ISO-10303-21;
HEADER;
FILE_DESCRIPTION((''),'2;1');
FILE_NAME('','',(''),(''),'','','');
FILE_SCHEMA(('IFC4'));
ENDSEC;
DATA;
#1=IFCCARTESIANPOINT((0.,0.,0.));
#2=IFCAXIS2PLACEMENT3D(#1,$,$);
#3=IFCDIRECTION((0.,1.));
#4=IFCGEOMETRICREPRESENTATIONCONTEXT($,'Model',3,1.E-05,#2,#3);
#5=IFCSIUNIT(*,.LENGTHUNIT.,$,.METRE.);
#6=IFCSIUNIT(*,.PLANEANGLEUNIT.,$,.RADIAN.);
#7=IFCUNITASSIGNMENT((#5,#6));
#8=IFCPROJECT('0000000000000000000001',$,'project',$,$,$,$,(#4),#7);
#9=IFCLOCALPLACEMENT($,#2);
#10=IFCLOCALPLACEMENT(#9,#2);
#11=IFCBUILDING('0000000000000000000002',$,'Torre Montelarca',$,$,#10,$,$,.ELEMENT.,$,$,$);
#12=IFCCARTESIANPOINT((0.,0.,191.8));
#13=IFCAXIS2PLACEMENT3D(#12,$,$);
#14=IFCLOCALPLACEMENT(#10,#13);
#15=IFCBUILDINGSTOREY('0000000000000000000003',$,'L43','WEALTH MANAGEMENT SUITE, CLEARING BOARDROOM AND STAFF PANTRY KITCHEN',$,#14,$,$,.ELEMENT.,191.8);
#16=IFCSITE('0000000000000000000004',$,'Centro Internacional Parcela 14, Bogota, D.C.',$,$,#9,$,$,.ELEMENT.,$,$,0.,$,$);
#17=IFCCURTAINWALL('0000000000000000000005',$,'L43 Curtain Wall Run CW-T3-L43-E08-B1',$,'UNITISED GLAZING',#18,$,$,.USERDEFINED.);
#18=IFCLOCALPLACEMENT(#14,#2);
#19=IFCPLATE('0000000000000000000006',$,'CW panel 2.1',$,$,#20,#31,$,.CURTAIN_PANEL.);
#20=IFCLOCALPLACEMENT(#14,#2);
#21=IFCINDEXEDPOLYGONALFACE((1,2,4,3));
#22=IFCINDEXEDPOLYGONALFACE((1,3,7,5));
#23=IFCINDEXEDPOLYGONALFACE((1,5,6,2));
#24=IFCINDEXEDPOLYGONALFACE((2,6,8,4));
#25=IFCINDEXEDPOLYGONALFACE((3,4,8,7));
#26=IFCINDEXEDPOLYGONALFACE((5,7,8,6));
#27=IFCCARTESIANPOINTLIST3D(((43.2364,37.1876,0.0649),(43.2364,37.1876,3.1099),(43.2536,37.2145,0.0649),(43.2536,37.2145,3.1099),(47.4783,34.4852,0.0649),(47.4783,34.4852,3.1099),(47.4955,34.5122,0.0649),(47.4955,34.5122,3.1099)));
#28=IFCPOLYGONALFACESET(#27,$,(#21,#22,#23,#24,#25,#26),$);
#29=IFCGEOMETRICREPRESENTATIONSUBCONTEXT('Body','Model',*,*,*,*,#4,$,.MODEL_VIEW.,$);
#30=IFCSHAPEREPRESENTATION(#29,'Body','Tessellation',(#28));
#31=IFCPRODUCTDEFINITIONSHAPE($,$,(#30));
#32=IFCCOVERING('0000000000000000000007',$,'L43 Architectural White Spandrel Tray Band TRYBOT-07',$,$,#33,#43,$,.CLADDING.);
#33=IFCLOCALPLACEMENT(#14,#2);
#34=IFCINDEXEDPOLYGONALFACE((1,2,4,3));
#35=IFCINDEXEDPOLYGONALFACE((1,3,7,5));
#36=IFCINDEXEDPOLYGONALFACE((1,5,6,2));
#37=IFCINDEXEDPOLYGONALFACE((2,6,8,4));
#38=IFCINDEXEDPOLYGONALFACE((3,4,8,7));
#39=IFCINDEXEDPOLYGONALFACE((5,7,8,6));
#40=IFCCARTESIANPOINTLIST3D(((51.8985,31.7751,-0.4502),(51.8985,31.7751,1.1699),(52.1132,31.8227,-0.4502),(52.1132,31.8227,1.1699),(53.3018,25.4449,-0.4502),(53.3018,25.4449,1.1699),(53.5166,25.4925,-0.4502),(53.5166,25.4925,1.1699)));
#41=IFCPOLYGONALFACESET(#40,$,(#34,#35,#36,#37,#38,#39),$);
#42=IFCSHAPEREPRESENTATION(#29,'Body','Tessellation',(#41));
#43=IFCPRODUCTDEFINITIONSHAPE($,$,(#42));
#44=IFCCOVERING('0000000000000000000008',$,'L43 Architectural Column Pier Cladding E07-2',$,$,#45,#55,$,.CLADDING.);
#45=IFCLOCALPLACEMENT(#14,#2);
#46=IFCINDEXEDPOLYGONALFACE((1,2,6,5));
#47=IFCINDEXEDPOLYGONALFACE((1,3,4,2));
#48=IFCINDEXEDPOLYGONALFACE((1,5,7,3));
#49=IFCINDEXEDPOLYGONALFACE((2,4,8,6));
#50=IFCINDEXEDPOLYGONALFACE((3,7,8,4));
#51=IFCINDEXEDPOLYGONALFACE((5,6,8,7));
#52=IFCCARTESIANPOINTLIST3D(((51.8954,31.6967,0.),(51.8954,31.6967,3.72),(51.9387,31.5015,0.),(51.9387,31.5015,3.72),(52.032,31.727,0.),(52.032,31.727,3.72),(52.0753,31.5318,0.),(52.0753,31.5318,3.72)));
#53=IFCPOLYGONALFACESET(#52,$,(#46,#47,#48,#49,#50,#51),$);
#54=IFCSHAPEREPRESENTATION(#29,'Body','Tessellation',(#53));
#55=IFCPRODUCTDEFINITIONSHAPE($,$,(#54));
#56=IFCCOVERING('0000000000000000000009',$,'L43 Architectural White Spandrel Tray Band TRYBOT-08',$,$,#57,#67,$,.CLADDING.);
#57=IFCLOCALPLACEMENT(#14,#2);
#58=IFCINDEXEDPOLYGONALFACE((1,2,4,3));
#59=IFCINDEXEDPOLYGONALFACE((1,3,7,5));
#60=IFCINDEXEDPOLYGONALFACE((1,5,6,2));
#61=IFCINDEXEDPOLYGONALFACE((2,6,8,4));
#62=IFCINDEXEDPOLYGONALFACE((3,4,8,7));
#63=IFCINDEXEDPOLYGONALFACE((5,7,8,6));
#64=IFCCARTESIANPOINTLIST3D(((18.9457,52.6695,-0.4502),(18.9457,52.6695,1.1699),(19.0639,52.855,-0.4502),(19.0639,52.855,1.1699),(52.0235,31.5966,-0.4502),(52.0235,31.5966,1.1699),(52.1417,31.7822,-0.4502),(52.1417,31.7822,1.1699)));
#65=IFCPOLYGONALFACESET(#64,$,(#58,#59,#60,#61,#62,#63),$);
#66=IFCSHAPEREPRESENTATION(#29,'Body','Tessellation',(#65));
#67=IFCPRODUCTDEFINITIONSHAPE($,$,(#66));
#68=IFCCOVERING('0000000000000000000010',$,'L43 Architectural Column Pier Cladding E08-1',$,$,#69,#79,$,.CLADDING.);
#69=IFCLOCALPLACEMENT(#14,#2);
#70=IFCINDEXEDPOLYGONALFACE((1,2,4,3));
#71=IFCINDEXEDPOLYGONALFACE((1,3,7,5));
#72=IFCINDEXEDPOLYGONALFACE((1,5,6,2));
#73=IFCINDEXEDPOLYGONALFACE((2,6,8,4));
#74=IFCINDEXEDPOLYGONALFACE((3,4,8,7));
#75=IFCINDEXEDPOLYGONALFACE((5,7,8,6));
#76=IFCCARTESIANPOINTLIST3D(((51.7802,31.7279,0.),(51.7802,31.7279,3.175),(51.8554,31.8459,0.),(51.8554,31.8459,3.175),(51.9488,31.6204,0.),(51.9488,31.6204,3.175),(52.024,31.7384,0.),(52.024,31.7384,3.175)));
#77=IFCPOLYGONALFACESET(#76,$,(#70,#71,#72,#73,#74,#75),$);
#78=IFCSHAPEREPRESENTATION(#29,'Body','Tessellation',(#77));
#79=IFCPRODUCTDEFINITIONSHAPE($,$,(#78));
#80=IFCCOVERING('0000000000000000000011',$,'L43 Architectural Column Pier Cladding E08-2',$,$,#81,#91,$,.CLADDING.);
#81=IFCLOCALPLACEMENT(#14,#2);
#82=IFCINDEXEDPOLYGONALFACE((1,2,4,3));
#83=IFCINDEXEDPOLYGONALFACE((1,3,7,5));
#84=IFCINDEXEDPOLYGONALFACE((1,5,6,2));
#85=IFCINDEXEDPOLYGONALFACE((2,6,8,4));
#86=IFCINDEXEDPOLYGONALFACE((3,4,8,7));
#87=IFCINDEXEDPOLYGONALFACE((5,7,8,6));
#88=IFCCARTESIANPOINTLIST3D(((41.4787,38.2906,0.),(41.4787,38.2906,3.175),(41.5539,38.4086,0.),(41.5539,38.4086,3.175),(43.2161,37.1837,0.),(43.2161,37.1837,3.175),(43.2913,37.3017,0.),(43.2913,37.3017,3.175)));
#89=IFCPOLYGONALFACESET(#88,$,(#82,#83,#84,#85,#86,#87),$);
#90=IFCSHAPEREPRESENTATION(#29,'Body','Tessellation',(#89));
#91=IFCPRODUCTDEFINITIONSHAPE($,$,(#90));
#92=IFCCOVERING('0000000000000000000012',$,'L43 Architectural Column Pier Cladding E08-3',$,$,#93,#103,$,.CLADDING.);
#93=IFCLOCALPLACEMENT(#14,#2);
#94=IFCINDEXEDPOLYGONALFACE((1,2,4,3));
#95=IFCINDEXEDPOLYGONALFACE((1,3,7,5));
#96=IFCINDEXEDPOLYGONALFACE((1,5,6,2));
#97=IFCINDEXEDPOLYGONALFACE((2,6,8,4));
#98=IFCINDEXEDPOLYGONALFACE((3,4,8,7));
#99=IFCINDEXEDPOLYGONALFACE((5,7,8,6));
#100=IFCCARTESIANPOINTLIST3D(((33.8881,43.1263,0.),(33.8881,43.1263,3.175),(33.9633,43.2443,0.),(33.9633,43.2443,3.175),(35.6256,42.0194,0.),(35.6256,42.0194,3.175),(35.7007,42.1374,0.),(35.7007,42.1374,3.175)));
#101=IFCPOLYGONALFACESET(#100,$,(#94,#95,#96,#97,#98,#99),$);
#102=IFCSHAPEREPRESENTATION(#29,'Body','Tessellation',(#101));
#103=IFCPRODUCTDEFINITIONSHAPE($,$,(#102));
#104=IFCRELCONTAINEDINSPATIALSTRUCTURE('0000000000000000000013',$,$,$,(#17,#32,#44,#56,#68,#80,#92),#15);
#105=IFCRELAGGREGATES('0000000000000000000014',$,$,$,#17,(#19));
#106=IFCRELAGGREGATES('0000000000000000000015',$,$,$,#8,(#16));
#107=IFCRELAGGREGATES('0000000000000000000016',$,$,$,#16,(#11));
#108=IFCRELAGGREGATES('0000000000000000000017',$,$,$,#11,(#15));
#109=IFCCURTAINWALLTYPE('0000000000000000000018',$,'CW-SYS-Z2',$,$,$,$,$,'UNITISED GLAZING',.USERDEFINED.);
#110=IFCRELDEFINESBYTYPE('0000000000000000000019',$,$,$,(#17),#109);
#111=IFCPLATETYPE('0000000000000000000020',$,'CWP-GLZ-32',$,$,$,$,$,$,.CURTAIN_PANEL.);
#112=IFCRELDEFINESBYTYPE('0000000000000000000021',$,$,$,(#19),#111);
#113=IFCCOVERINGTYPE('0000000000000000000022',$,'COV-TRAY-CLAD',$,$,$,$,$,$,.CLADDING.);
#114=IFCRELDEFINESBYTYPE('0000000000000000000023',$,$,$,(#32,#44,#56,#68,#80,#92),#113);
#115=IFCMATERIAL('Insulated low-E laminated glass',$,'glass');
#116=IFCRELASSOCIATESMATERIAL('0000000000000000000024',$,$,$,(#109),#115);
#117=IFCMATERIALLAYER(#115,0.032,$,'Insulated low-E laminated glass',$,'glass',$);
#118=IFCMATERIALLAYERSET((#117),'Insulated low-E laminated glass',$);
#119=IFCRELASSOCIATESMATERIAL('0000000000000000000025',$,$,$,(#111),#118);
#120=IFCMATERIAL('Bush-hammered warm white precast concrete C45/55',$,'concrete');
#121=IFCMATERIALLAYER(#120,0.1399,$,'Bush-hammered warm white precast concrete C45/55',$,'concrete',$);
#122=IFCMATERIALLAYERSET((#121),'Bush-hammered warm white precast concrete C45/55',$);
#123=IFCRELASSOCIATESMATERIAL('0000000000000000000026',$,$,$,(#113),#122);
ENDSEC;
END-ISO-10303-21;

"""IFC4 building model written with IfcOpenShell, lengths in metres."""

from ifc_helpers import new_model, si_unit, direction, frame, origin, origin_2d, place, context, subcontext, project, spatial, rectangle, extrude, source, transform, mapped, material, layer, layer_set, type_object, element, aggregate, save


model = new_model("IFC4")

# Units and contexts
model_context = context("Model", 3, precision=1e-05, world=origin(), true_north=direction((0.0, 1.0)))
body_context = subcontext(model_context, "Body", "Model", "MODEL_VIEW")
ifc_project = project(units=[si_unit("LENGTHUNIT", "METRE"), si_unit("PLANEANGLEUNIT", "RADIAN")], contexts=[model_context])

# Site, building, storey
site_placement = place(None, origin())
site = spatial("IfcSite", under=ifc_project, at=site_placement, Name="Centro Internacional Parcela 14, Bogota, D.C.", CompositionType="ELEMENT", RefElevation=0.0)
building_placement = place(site_placement, origin())
building = spatial("IfcBuilding", under=site, at=building_placement, Name="Torre Montelarca", CompositionType="ELEMENT")
storey_placement = place(building_placement, frame((0.0, 0.0, 191.8)))
storey = spatial("IfcBuildingStorey", under=building, at=storey_placement, Name="L43", Description="WEALTH MANAGEMENT SUITE, CLEARING BOARDROOM AND STAFF PANTRY KITCHEN", CompositionType="ELEMENT", Elevation=191.8)

# Curtain wall
ifc_material_1 = material(Name="Insulated low-E laminated glass", Category="glass")
curtain_wall_type = type_object("IfcCurtainWallType", Name="CW-SYS-Z2", ElementType="UNITISED GLAZING", PredefinedType="USERDEFINED", material=ifc_material_1)
curtain_wall_1_placement = place(storey_placement, origin())
curtain_wall_1 = element("IfcCurtainWall", 1, at=curtain_wall_1_placement, inside=storey, type_object=curtain_wall_type, Name="L43 Curtain Wall Run CW-T3-L43-E08-B1", ObjectType="UNITISED GLAZING", PredefinedType="USERDEFINED")

# Plate
ifc_layer_1 = layer(ifc_material_1, 0.032, Name="Insulated low-E laminated glass", Category="glass")
ifc_layer_set_1 = layer_set([ifc_layer_1], Name="Insulated low-E laminated glass")
plate_type = type_object("IfcPlateType", Name="CWP-GLZ-32", PredefinedType="CURTAIN_PANEL", material=ifc_layer_set_1)
shared_shape_1 = source(origin(), body_context, "Body", "SweptSolid", [
    extrude(rectangle(XDim=5.0295, YDim=0.032, at=origin_2d()), origin(), (0.0, 0.0, 1.0), 3.0449),
])
plate_1_placement = place(storey_placement, frame((45.366, 35.8499, 0.0649), z_axis=(0.0, 0.0, 1.0), x_axis=(-0.84339, 0.537301, 0.0)))
plate_1 = element("IfcPlate", 2, at=plate_1_placement, type_object=plate_type, Name="CW panel 2.1", PredefinedType="CURTAIN_PANEL", context=body_context, shape_type="MappedRepresentation", body=[
    mapped(shared_shape_1, transform((0.0, 0.0, 0.0), scale=1.0)),
])
aggregate(curtain_wall_1, [plate_1])

# Coverings
ifc_material_2 = material(Name="Bush-hammered warm white precast concrete C45/55", Category="concrete")
ifc_layer_2 = layer(ifc_material_2, 0.1399, Name="Bush-hammered warm white precast concrete C45/55", Category="concrete")
ifc_layer_set_2 = layer_set([ifc_layer_2], Name="Bush-hammered warm white precast concrete C45/55")
covering_type = type_object("IfcCoveringType", Name="COV-TRAY-CLAD", PredefinedType="CLADDING", material=ifc_layer_set_2)
shared_shape_2 = source(origin(), body_context, "Body", "SweptSolid", [
    extrude(rectangle(XDim=6.4839, YDim=0.22, at=origin_2d()), origin(), (0.0, 0.0, 1.0), 1.6201),
])
covering_1_placement = place(storey_placement, frame((52.7075, 28.6338, -0.4502), z_axis=(0.0, 0.0, 1.0), x_axis=(-0.216438, 0.976296, 0.0)))
element("IfcCovering", 3, at=covering_1_placement, inside=storey, type_object=covering_type, Name="L43 Architectural White Spandrel Tray Band TRYBOT-07", PredefinedType="CLADDING", context=body_context, shape_type="MappedRepresentation", body=[
    mapped(shared_shape_2, transform((0.0, 0.0, 0.0), scale=1.0)),
])
shared_shape_3 = source(origin(), body_context, "Body", "SweptSolid", [
    extrude(rectangle(XDim=0.2, YDim=0.1399, at=origin_2d()), origin(), (0.0, 0.0, 1.0), 3.72),
])
covering_2_placement = place(storey_placement, frame((51.9854, 31.6143, 0.0), z_axis=(0.0, 0.0, 1.0), x_axis=(-0.216436, 0.976297, 0.0)))
element("IfcCovering", 4, at=covering_2_placement, inside=storey, type_object=covering_type, Name="L43 Architectural Column Pier Cladding E07-2", PredefinedType="CLADDING", context=body_context, shape_type="MappedRepresentation", body=[
    mapped(shared_shape_3, transform((0.0, 0.0, 0.0), scale=1.0)),
])
shared_shape_4 = source(origin(), body_context, "Body", "SweptSolid", [
    extrude(rectangle(XDim=39.22, YDim=0.22, at=origin_2d()), origin(), (0.0, 0.0, 1.0), 1.6201),
])
covering_3_placement = place(storey_placement, frame((35.5437, 42.2258, -0.4502), z_axis=(0.0, 0.0, 1.0), x_axis=(-0.843391, 0.5373, 0.0)))
element("IfcCovering", 5, at=covering_3_placement, inside=storey, type_object=covering_type, Name="L43 Architectural White Spandrel Tray Band TRYBOT-08", PredefinedType="CLADDING", context=body_context, shape_type="MappedRepresentation", body=[
    mapped(shared_shape_4, transform((0.0, 0.0, 0.0), scale=1.0)),
])
shared_shape_5 = source(origin(), body_context, "Body", "SweptSolid", [
    extrude(rectangle(XDim=0.2, YDim=0.1399, at=origin_2d()), origin(), (0.0, 0.0, 1.0), 3.175),
])
covering_4_placement = place(storey_placement, frame((51.9021, 31.7332, 0.0), z_axis=(0.0, 0.0, 1.0), x_axis=(-0.843391, 0.537301, 0.0)))
element("IfcCovering", 6, at=covering_4_placement, inside=storey, type_object=covering_type, Name="L43 Architectural Column Pier Cladding E08-1", PredefinedType="CLADDING", context=body_context, shape_type="MappedRepresentation", body=[
    mapped(shared_shape_5, transform((0.0, 0.0, 0.0), scale=1.0)),
])
shared_shape_6 = source(origin(), body_context, "Body", "SweptSolid", [
    extrude(rectangle(XDim=2.0601, YDim=0.1399, at=origin_2d()), origin(), (0.0, 0.0, 1.0), 3.175),
])
for number, where, z_axis, x_axis, name in (
    (7, (42.385, 37.7961, 0.0), (0.0, 0.0, 1.0), (-0.843391, 0.537301, 0.0), "L43 Architectural Column Pier Cladding E08-2"),
    (8, (34.7944, 42.6318, 0.0), (0.0, 0.0, 1.0), (-0.843391, 0.537301, 0.0), "L43 Architectural Column Pier Cladding E08-3"),
):
    element("IfcCovering", number, at=place(storey_placement, frame(where, z_axis=z_axis, x_axis=x_axis)), inside=storey, type_object=covering_type, Name=name, PredefinedType="CLADDING", context=body_context, shape_type="MappedRepresentation", body=[
        mapped(shared_shape_6, transform((0.0, 0.0, 0.0), scale=1.0)),
    ])

save(model, "model.ifc")
